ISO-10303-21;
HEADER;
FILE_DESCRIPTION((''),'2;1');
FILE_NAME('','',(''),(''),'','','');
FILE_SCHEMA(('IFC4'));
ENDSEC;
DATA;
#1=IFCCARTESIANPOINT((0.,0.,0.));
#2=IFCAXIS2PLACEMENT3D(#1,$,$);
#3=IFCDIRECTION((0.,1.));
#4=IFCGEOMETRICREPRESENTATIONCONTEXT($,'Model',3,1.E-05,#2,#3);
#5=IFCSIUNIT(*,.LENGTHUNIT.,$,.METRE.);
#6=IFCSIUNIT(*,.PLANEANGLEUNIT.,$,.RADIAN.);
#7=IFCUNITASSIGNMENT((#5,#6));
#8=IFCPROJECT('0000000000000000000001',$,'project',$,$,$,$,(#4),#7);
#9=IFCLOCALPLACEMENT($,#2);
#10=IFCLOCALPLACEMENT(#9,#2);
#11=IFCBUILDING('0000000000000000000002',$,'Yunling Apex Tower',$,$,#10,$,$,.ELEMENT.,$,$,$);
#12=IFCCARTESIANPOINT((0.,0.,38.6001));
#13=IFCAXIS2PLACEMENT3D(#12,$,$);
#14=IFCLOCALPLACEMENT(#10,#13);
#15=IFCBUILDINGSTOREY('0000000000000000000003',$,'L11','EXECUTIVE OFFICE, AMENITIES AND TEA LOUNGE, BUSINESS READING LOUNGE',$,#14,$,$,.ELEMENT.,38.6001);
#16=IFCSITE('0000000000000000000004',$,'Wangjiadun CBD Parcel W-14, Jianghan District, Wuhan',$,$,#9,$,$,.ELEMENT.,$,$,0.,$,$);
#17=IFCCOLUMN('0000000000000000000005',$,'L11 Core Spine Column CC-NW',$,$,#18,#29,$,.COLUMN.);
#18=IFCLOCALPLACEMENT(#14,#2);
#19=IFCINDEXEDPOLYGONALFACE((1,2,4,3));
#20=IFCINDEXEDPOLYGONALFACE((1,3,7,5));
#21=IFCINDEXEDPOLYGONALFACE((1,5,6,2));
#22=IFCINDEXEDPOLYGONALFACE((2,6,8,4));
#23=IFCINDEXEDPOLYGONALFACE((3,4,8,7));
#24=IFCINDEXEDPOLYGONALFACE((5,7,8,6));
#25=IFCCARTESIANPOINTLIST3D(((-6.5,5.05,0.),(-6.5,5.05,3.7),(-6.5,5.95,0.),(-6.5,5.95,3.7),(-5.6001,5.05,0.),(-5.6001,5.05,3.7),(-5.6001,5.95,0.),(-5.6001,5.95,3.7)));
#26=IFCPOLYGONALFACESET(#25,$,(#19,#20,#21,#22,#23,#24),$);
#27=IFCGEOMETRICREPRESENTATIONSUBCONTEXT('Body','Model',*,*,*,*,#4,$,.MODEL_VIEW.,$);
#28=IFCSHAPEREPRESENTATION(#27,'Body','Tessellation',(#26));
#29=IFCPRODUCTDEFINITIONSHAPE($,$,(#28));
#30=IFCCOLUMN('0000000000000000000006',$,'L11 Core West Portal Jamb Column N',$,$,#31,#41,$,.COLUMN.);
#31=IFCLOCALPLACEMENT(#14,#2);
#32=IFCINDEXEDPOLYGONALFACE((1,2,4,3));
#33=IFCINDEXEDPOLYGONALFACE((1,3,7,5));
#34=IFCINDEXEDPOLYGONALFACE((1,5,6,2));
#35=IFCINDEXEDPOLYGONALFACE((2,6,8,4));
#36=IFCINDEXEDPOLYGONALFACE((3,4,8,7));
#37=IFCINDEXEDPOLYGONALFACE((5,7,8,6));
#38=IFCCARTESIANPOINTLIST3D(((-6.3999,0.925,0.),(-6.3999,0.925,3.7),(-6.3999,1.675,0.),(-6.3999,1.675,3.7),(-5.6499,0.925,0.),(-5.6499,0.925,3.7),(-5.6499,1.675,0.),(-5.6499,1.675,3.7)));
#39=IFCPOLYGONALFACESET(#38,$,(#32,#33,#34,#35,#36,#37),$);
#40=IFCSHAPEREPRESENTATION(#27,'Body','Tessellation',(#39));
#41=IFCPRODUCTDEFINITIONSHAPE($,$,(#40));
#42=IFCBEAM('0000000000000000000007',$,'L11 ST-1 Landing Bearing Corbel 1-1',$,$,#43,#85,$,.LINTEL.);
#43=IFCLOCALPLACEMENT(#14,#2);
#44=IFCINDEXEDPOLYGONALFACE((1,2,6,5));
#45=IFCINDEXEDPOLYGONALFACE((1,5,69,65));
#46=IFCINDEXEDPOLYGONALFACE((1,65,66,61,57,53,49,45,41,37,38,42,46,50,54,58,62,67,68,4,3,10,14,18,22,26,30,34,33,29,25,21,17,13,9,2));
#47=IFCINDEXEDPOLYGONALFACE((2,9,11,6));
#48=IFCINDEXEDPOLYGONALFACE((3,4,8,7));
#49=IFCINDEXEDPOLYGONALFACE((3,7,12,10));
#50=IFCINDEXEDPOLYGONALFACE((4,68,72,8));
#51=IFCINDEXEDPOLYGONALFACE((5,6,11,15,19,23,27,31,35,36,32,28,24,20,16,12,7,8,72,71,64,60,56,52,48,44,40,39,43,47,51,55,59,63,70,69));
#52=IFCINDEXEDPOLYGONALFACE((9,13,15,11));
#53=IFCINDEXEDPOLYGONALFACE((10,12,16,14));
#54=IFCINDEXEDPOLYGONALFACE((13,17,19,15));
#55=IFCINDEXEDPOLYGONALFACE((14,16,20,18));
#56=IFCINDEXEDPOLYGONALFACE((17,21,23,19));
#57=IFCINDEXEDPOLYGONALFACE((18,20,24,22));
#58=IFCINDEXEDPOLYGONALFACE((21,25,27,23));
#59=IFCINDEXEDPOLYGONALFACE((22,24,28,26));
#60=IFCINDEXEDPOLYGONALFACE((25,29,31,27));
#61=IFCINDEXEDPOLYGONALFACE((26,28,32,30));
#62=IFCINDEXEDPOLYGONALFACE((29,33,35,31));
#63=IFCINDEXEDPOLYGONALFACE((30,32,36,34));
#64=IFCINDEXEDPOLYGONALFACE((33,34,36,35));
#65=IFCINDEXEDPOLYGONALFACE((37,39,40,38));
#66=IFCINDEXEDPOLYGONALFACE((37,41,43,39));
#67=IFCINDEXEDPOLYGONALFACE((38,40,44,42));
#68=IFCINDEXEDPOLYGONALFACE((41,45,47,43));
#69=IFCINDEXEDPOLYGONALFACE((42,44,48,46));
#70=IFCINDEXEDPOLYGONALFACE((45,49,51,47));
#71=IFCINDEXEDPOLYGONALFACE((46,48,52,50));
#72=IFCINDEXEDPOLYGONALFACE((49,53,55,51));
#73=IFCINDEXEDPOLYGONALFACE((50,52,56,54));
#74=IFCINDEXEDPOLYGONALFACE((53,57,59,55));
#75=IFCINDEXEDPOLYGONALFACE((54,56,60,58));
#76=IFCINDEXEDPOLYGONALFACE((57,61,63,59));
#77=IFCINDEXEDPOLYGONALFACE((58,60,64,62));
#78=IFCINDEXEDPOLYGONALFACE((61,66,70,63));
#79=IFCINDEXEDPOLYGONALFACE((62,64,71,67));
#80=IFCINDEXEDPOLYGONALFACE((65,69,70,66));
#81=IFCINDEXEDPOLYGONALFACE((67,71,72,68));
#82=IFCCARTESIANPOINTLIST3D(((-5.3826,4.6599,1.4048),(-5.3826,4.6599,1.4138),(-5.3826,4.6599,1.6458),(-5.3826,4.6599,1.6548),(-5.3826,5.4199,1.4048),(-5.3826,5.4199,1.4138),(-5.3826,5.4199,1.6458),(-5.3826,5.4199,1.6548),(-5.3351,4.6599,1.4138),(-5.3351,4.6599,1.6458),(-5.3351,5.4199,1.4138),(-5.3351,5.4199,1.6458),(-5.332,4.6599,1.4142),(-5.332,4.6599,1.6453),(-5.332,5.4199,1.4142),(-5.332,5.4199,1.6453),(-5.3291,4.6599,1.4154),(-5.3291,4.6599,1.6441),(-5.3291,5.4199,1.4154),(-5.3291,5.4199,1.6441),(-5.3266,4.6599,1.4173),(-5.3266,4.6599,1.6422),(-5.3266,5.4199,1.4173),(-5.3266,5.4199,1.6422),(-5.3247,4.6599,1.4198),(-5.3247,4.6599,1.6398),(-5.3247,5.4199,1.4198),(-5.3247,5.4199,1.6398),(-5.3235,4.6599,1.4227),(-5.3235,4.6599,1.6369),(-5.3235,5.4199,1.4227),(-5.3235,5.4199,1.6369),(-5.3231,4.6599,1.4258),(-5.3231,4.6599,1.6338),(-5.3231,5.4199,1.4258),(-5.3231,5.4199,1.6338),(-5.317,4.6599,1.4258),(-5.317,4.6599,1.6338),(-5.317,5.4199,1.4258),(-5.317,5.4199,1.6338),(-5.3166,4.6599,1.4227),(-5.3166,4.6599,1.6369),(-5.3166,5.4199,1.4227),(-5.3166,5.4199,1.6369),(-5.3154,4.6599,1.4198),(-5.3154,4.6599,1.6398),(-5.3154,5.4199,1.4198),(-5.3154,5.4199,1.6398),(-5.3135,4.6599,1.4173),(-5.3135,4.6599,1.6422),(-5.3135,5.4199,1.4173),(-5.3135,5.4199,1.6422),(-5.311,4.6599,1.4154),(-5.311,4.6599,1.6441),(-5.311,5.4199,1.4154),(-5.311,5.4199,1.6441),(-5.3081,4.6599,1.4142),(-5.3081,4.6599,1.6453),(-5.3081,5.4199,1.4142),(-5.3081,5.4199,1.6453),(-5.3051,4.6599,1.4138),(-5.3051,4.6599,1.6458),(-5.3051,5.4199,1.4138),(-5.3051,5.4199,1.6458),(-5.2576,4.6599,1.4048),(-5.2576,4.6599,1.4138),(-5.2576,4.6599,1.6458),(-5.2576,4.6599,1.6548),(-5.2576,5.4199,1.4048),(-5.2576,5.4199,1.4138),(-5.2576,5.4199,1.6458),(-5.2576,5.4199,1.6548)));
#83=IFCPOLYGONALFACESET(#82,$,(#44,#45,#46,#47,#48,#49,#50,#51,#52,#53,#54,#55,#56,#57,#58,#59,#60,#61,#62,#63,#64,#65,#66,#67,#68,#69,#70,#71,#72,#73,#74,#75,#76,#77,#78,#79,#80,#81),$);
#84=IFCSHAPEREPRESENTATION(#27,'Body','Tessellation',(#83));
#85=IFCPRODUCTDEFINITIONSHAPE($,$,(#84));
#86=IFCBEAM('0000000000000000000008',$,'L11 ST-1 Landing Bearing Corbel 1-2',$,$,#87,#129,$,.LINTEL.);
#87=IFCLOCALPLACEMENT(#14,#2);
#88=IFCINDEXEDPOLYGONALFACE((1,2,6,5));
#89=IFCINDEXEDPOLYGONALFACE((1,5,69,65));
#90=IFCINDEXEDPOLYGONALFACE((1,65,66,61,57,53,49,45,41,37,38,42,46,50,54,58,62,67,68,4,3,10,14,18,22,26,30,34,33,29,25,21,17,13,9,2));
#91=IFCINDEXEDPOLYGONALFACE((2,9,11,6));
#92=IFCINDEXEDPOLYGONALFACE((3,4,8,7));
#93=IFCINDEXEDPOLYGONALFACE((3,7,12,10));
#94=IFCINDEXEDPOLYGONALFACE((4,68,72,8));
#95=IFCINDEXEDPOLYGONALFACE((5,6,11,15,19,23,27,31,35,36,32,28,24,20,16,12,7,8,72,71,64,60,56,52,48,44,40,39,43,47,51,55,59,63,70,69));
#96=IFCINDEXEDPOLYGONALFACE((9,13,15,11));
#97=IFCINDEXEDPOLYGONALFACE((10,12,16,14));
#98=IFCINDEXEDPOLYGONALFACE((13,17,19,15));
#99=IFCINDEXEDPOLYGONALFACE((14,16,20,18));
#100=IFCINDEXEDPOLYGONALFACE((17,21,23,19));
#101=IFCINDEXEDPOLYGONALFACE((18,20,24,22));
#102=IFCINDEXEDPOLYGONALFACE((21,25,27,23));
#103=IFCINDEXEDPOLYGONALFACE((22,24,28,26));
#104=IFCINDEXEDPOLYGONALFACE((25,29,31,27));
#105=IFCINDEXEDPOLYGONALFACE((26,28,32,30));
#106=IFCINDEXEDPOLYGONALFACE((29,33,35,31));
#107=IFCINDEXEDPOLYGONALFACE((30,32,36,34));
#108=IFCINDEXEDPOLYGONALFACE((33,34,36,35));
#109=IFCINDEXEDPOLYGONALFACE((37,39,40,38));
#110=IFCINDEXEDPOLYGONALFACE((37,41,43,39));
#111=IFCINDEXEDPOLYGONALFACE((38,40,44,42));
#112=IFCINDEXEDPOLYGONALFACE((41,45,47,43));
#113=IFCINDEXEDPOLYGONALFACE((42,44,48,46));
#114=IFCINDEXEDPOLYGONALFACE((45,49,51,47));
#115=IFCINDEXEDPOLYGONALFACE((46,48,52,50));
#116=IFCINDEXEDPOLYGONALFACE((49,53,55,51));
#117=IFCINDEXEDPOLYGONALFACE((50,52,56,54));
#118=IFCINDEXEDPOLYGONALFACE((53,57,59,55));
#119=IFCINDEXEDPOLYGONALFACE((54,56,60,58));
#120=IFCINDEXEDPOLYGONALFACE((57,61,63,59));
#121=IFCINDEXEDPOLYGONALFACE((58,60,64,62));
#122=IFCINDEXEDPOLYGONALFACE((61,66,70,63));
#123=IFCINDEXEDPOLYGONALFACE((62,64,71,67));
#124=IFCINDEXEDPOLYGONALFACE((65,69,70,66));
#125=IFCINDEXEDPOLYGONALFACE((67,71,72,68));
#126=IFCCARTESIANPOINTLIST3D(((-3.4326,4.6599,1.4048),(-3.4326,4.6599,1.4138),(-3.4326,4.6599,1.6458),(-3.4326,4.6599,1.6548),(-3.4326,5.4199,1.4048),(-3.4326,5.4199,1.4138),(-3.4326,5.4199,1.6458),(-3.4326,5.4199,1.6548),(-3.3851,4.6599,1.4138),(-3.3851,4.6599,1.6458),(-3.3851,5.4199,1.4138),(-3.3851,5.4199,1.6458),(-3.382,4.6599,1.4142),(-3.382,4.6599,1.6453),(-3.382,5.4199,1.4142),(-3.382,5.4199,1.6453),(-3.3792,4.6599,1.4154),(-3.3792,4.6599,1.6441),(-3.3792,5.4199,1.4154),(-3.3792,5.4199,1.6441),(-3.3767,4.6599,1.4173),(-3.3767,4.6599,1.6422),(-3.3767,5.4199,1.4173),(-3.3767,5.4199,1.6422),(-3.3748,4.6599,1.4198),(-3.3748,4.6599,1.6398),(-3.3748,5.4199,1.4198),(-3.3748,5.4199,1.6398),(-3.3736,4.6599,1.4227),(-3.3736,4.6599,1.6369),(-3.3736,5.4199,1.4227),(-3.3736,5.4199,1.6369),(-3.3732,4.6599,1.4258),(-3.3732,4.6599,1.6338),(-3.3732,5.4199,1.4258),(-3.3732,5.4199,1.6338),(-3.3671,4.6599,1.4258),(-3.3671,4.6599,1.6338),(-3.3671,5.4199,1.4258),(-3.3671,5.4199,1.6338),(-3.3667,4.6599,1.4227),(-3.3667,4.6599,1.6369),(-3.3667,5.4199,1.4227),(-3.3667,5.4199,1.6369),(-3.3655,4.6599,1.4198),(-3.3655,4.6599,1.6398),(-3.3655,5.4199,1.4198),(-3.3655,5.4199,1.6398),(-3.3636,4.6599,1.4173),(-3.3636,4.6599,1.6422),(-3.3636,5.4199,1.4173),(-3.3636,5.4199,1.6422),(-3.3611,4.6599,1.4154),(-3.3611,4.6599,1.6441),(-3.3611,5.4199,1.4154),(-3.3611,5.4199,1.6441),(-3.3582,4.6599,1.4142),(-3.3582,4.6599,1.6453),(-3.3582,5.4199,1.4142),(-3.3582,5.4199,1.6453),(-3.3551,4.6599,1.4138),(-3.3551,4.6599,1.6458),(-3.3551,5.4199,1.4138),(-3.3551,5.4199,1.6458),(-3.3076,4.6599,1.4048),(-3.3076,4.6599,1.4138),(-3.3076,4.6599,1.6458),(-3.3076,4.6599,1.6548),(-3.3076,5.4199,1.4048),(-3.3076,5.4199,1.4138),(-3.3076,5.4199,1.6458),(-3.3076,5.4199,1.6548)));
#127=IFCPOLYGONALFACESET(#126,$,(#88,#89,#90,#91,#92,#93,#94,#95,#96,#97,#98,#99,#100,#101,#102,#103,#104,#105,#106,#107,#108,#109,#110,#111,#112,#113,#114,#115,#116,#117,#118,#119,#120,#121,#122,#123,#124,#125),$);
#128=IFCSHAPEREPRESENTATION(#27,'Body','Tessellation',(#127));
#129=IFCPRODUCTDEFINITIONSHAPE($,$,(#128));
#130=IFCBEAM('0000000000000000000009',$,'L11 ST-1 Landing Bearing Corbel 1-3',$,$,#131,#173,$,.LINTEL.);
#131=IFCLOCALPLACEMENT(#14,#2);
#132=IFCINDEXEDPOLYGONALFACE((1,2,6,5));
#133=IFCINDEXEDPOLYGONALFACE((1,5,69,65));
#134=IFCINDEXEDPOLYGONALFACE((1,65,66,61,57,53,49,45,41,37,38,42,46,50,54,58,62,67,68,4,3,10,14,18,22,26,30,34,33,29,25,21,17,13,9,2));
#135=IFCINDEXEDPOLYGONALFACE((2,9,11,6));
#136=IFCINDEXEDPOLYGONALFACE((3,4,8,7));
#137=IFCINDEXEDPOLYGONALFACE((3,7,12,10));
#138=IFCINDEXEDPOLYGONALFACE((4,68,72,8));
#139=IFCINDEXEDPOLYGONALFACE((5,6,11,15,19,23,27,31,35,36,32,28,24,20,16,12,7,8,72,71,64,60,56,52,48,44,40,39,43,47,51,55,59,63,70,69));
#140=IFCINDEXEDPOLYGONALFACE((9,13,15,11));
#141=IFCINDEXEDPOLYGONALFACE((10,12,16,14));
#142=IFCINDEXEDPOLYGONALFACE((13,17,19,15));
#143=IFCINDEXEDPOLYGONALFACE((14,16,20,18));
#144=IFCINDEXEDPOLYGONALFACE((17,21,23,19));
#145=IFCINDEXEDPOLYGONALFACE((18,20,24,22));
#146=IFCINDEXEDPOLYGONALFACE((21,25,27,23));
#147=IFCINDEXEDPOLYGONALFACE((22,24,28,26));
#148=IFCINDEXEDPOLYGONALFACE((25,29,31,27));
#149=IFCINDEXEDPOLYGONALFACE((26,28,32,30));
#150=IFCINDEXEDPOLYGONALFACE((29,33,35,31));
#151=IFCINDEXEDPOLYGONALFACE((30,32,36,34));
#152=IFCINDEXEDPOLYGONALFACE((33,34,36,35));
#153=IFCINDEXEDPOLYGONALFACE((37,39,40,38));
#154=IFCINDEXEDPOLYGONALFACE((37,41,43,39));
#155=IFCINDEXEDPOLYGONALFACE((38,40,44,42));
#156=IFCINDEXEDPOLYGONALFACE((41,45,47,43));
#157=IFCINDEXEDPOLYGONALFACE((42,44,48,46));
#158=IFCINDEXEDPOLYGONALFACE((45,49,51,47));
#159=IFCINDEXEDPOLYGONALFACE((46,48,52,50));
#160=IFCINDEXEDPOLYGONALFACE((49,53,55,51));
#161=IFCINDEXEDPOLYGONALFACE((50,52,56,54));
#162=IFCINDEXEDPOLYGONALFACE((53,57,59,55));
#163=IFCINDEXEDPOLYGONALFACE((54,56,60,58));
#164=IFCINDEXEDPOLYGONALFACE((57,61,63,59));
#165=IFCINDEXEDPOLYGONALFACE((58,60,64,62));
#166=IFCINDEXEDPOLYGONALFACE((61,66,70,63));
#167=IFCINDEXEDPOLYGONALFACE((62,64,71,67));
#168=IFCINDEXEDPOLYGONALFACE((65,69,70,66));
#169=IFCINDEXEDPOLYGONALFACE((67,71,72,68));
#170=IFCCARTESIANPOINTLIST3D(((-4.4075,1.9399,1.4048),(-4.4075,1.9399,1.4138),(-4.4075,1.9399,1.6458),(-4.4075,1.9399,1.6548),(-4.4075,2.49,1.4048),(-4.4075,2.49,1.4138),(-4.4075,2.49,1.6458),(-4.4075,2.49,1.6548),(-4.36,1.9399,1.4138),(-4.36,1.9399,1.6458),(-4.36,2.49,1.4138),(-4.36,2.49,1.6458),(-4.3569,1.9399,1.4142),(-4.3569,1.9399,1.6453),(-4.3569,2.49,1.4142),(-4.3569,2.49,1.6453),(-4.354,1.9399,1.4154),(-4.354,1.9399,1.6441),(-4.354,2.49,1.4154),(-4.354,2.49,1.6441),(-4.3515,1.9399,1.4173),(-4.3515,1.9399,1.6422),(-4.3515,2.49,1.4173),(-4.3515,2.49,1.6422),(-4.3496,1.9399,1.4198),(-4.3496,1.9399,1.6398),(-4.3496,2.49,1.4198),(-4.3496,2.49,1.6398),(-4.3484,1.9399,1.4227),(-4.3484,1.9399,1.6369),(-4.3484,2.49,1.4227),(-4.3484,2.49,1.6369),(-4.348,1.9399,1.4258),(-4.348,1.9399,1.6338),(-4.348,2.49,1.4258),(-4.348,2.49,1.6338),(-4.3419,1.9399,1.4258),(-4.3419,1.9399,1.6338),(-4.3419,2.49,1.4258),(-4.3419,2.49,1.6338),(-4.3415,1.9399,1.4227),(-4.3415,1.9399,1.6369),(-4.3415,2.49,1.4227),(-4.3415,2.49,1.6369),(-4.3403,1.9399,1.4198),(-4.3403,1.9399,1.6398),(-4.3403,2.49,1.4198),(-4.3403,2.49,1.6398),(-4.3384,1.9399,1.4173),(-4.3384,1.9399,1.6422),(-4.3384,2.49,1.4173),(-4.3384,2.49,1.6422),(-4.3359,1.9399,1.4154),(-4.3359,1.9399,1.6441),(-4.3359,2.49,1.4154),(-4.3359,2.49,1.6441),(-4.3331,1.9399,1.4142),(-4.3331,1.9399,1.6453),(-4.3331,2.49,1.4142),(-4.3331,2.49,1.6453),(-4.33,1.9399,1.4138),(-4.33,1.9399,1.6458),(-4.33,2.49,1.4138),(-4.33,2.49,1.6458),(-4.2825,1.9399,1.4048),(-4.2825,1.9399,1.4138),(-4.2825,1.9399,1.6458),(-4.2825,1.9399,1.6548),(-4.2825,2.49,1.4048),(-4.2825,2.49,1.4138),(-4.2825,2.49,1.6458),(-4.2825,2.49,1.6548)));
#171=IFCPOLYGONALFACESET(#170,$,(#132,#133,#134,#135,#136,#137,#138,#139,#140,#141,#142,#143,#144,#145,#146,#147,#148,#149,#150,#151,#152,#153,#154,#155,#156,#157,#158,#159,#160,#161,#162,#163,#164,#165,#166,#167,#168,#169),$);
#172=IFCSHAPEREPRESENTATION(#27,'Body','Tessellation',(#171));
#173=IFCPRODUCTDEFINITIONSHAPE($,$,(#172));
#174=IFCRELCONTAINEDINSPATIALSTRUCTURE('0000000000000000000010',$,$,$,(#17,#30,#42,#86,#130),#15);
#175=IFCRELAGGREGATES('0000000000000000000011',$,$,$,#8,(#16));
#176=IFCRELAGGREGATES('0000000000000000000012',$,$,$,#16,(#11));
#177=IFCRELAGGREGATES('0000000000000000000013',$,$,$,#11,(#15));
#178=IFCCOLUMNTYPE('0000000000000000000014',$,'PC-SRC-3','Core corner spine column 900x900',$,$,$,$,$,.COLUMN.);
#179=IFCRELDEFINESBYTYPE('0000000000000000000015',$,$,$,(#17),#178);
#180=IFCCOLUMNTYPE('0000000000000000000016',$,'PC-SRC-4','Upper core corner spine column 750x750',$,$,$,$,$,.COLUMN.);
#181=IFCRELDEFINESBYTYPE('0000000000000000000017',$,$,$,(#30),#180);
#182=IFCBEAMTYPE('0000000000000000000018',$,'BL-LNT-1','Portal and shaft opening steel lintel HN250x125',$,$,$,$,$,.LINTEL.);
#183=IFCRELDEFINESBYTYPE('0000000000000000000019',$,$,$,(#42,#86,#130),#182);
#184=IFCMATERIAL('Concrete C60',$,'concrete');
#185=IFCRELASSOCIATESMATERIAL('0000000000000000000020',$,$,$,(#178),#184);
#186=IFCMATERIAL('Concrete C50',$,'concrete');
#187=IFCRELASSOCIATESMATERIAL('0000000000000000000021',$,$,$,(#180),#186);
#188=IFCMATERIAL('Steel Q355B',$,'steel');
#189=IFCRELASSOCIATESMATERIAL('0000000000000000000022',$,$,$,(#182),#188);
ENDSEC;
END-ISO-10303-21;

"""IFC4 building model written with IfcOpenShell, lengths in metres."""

from ifc_helpers import new_model, si_unit, direction, frame, origin, origin_2d, place, context, subcontext, project, spatial, rectangle, i_section, extrude, source, transform, mapped, material, material_profile, profile_set, type_object, element, save


model = new_model("IFC4")

# Units and contexts
model_context = context("Model", 3, precision=1e-05, world=origin(), true_north=direction((0.0, 1.0)))
body_context = subcontext(model_context, "Body", "Model", "MODEL_VIEW")
ifc_project = project(units=[si_unit("LENGTHUNIT", "METRE"), si_unit("PLANEANGLEUNIT", "RADIAN")], contexts=[model_context])

# Site, building, storey
site_placement = place(None, origin())
site = spatial("IfcSite", under=ifc_project, at=site_placement, Name="Wangjiadun CBD Parcel W-14, Jianghan District, Wuhan", CompositionType="ELEMENT", RefElevation=0.0)
building_placement = place(site_placement, origin())
building = spatial("IfcBuilding", under=site, at=building_placement, Name="Yunling Apex Tower", CompositionType="ELEMENT")
storey_placement = place(building_placement, frame((0.0, 0.0, 38.6001)))
storey = spatial("IfcBuildingStorey", under=building, at=storey_placement, Name="L11", Description="EXECUTIVE OFFICE, AMENITIES AND TEA LOUNGE, BUSINESS READING LOUNGE", CompositionType="ELEMENT", Elevation=38.6001)

# Columns
ifc_material_1 = material(Name="Concrete C60", Category="concrete")
ifc_material_profile_1 = material_profile(ifc_material_1, rectangle(XDim=0.8999, YDim=0.8999, at=origin_2d()))
ifc_profile_set_1 = profile_set([ifc_material_profile_1], Name="Concrete C60")
column_type_1 = type_object("IfcColumnType", Name="PC-SRC-3", Description="Core corner spine column 900x900", PredefinedType="COLUMN", material=ifc_profile_set_1)
shared_shape_1 = source(origin(), body_context, "Body", "SweptSolid", [
    extrude(rectangle(XDim=0.8999, YDim=0.8999, at=origin_2d()), origin(), (0.0, 0.0, 1.0), 3.7),
])
column_1_placement = place(storey_placement, frame((-6.05, 5.5, 0.0), z_axis=(0.0, 0.0, 1.0), x_axis=(1.0, 0.0, 0.0)))
element("IfcColumn", 1, at=column_1_placement, inside=storey, type_object=column_type_1, Name="L11 Core Spine Column CC-NW", PredefinedType="COLUMN", context=body_context, shape_type="MappedRepresentation", body=[
    mapped(shared_shape_1, transform((0.0, 0.0, 0.0), scale=1.0)),
])
ifc_material_2 = material(Name="Concrete C50", Category="concrete")
ifc_material_profile_2 = material_profile(ifc_material_2, rectangle(XDim=0.75, YDim=0.75, at=origin_2d()))
ifc_profile_set_2 = profile_set([ifc_material_profile_2], Name="Concrete C50")
column_type_2 = type_object("IfcColumnType", Name="PC-SRC-4", Description="Upper core corner spine column 750x750", PredefinedType="COLUMN", material=ifc_profile_set_2)
shared_shape_2 = source(origin(), body_context, "Body", "SweptSolid", [
    extrude(rectangle(XDim=0.75, YDim=0.75, at=origin_2d()), origin(), (0.0, 0.0, 1.0), 3.7),
])
column_2_placement = place(storey_placement, frame((-6.0249, 1.3, 0.0), z_axis=(0.0, 0.0, 1.0), x_axis=(1.0, 0.0, 0.0)))
element("IfcColumn", 2, at=column_2_placement, inside=storey, type_object=column_type_2, Name="L11 Core West Portal Jamb Column N", PredefinedType="COLUMN", context=body_context, shape_type="MappedRepresentation", body=[
    mapped(shared_shape_2, transform((0.0, 0.0, 0.0), scale=1.0)),
])

# Beams
ifc_material_3 = material(Name="Steel Q355B", Category="steel")
ifc_material_profile_3 = material_profile(ifc_material_3, i_section(OverallWidth=0.125, OverallDepth=0.25, WebThickness=0.0061, FlangeThickness=0.009, FilletRadius=0.012, at=origin_2d()))
ifc_profile_set_3 = profile_set([ifc_material_profile_3], Name="Steel Q355B")
beam_type_1 = type_object("IfcBeamType", Name="BL-LNT-1", Description="Portal and shaft opening steel lintel HN250x125", PredefinedType="LINTEL", material=ifc_profile_set_3)
shared_shape_3 = source(origin(), body_context, "Body", "SweptSolid", [
    extrude(i_section(OverallWidth=0.125, OverallDepth=0.25, WebThickness=0.0061, FlangeThickness=0.009, FilletRadius=0.012, at=origin_2d()), origin(), (0.0, 0.0, 1.0), 0.76),
])
for number, where, z_axis, x_axis, name in (
    (3, (-5.3201, 5.4199, 1.5298), (0.0, -1.0, 0.0), (1.0, 0.0, 0.0), "L11 ST-1 Landing Bearing Corbel 1-1"),
    (4, (-3.3701, 5.4199, 1.5298), (0.0, -1.0, 0.0), (1.0, 0.0, 0.0), "L11 ST-1 Landing Bearing Corbel 1-2"),
):
    element("IfcBeam", number, at=place(storey_placement, frame(where, z_axis=z_axis, x_axis=x_axis)), inside=storey, type_object=beam_type_1, Name=name, PredefinedType="LINTEL", context=body_context, shape_type="MappedRepresentation", body=[
        mapped(shared_shape_3, transform((0.0, 0.0, 0.0), scale=1.0)),
    ])
shared_shape_4 = source(origin(), body_context, "Body", "SweptSolid", [
    extrude(i_section(OverallWidth=0.125, OverallDepth=0.25, WebThickness=0.0061, FlangeThickness=0.009, FilletRadius=0.012, at=origin_2d()), origin(), (0.0, 0.0, 1.0), 0.55),
])
beam_1_placement = place(storey_placement, frame((-4.345, 1.9399, 1.5298), z_axis=(0.0, 1.0, 0.0), x_axis=(-1.0, 0.0, 0.0)))
element("IfcBeam", 5, at=beam_1_placement, inside=storey, type_object=beam_type_1, Name="L11 ST-1 Landing Bearing Corbel 1-3", PredefinedType="LINTEL", context=body_context, shape_type="MappedRepresentation", body=[
    mapped(shared_shape_4, transform((0.0, 0.0, 0.0), scale=1.0)),
])

save(model, "model.ifc")
